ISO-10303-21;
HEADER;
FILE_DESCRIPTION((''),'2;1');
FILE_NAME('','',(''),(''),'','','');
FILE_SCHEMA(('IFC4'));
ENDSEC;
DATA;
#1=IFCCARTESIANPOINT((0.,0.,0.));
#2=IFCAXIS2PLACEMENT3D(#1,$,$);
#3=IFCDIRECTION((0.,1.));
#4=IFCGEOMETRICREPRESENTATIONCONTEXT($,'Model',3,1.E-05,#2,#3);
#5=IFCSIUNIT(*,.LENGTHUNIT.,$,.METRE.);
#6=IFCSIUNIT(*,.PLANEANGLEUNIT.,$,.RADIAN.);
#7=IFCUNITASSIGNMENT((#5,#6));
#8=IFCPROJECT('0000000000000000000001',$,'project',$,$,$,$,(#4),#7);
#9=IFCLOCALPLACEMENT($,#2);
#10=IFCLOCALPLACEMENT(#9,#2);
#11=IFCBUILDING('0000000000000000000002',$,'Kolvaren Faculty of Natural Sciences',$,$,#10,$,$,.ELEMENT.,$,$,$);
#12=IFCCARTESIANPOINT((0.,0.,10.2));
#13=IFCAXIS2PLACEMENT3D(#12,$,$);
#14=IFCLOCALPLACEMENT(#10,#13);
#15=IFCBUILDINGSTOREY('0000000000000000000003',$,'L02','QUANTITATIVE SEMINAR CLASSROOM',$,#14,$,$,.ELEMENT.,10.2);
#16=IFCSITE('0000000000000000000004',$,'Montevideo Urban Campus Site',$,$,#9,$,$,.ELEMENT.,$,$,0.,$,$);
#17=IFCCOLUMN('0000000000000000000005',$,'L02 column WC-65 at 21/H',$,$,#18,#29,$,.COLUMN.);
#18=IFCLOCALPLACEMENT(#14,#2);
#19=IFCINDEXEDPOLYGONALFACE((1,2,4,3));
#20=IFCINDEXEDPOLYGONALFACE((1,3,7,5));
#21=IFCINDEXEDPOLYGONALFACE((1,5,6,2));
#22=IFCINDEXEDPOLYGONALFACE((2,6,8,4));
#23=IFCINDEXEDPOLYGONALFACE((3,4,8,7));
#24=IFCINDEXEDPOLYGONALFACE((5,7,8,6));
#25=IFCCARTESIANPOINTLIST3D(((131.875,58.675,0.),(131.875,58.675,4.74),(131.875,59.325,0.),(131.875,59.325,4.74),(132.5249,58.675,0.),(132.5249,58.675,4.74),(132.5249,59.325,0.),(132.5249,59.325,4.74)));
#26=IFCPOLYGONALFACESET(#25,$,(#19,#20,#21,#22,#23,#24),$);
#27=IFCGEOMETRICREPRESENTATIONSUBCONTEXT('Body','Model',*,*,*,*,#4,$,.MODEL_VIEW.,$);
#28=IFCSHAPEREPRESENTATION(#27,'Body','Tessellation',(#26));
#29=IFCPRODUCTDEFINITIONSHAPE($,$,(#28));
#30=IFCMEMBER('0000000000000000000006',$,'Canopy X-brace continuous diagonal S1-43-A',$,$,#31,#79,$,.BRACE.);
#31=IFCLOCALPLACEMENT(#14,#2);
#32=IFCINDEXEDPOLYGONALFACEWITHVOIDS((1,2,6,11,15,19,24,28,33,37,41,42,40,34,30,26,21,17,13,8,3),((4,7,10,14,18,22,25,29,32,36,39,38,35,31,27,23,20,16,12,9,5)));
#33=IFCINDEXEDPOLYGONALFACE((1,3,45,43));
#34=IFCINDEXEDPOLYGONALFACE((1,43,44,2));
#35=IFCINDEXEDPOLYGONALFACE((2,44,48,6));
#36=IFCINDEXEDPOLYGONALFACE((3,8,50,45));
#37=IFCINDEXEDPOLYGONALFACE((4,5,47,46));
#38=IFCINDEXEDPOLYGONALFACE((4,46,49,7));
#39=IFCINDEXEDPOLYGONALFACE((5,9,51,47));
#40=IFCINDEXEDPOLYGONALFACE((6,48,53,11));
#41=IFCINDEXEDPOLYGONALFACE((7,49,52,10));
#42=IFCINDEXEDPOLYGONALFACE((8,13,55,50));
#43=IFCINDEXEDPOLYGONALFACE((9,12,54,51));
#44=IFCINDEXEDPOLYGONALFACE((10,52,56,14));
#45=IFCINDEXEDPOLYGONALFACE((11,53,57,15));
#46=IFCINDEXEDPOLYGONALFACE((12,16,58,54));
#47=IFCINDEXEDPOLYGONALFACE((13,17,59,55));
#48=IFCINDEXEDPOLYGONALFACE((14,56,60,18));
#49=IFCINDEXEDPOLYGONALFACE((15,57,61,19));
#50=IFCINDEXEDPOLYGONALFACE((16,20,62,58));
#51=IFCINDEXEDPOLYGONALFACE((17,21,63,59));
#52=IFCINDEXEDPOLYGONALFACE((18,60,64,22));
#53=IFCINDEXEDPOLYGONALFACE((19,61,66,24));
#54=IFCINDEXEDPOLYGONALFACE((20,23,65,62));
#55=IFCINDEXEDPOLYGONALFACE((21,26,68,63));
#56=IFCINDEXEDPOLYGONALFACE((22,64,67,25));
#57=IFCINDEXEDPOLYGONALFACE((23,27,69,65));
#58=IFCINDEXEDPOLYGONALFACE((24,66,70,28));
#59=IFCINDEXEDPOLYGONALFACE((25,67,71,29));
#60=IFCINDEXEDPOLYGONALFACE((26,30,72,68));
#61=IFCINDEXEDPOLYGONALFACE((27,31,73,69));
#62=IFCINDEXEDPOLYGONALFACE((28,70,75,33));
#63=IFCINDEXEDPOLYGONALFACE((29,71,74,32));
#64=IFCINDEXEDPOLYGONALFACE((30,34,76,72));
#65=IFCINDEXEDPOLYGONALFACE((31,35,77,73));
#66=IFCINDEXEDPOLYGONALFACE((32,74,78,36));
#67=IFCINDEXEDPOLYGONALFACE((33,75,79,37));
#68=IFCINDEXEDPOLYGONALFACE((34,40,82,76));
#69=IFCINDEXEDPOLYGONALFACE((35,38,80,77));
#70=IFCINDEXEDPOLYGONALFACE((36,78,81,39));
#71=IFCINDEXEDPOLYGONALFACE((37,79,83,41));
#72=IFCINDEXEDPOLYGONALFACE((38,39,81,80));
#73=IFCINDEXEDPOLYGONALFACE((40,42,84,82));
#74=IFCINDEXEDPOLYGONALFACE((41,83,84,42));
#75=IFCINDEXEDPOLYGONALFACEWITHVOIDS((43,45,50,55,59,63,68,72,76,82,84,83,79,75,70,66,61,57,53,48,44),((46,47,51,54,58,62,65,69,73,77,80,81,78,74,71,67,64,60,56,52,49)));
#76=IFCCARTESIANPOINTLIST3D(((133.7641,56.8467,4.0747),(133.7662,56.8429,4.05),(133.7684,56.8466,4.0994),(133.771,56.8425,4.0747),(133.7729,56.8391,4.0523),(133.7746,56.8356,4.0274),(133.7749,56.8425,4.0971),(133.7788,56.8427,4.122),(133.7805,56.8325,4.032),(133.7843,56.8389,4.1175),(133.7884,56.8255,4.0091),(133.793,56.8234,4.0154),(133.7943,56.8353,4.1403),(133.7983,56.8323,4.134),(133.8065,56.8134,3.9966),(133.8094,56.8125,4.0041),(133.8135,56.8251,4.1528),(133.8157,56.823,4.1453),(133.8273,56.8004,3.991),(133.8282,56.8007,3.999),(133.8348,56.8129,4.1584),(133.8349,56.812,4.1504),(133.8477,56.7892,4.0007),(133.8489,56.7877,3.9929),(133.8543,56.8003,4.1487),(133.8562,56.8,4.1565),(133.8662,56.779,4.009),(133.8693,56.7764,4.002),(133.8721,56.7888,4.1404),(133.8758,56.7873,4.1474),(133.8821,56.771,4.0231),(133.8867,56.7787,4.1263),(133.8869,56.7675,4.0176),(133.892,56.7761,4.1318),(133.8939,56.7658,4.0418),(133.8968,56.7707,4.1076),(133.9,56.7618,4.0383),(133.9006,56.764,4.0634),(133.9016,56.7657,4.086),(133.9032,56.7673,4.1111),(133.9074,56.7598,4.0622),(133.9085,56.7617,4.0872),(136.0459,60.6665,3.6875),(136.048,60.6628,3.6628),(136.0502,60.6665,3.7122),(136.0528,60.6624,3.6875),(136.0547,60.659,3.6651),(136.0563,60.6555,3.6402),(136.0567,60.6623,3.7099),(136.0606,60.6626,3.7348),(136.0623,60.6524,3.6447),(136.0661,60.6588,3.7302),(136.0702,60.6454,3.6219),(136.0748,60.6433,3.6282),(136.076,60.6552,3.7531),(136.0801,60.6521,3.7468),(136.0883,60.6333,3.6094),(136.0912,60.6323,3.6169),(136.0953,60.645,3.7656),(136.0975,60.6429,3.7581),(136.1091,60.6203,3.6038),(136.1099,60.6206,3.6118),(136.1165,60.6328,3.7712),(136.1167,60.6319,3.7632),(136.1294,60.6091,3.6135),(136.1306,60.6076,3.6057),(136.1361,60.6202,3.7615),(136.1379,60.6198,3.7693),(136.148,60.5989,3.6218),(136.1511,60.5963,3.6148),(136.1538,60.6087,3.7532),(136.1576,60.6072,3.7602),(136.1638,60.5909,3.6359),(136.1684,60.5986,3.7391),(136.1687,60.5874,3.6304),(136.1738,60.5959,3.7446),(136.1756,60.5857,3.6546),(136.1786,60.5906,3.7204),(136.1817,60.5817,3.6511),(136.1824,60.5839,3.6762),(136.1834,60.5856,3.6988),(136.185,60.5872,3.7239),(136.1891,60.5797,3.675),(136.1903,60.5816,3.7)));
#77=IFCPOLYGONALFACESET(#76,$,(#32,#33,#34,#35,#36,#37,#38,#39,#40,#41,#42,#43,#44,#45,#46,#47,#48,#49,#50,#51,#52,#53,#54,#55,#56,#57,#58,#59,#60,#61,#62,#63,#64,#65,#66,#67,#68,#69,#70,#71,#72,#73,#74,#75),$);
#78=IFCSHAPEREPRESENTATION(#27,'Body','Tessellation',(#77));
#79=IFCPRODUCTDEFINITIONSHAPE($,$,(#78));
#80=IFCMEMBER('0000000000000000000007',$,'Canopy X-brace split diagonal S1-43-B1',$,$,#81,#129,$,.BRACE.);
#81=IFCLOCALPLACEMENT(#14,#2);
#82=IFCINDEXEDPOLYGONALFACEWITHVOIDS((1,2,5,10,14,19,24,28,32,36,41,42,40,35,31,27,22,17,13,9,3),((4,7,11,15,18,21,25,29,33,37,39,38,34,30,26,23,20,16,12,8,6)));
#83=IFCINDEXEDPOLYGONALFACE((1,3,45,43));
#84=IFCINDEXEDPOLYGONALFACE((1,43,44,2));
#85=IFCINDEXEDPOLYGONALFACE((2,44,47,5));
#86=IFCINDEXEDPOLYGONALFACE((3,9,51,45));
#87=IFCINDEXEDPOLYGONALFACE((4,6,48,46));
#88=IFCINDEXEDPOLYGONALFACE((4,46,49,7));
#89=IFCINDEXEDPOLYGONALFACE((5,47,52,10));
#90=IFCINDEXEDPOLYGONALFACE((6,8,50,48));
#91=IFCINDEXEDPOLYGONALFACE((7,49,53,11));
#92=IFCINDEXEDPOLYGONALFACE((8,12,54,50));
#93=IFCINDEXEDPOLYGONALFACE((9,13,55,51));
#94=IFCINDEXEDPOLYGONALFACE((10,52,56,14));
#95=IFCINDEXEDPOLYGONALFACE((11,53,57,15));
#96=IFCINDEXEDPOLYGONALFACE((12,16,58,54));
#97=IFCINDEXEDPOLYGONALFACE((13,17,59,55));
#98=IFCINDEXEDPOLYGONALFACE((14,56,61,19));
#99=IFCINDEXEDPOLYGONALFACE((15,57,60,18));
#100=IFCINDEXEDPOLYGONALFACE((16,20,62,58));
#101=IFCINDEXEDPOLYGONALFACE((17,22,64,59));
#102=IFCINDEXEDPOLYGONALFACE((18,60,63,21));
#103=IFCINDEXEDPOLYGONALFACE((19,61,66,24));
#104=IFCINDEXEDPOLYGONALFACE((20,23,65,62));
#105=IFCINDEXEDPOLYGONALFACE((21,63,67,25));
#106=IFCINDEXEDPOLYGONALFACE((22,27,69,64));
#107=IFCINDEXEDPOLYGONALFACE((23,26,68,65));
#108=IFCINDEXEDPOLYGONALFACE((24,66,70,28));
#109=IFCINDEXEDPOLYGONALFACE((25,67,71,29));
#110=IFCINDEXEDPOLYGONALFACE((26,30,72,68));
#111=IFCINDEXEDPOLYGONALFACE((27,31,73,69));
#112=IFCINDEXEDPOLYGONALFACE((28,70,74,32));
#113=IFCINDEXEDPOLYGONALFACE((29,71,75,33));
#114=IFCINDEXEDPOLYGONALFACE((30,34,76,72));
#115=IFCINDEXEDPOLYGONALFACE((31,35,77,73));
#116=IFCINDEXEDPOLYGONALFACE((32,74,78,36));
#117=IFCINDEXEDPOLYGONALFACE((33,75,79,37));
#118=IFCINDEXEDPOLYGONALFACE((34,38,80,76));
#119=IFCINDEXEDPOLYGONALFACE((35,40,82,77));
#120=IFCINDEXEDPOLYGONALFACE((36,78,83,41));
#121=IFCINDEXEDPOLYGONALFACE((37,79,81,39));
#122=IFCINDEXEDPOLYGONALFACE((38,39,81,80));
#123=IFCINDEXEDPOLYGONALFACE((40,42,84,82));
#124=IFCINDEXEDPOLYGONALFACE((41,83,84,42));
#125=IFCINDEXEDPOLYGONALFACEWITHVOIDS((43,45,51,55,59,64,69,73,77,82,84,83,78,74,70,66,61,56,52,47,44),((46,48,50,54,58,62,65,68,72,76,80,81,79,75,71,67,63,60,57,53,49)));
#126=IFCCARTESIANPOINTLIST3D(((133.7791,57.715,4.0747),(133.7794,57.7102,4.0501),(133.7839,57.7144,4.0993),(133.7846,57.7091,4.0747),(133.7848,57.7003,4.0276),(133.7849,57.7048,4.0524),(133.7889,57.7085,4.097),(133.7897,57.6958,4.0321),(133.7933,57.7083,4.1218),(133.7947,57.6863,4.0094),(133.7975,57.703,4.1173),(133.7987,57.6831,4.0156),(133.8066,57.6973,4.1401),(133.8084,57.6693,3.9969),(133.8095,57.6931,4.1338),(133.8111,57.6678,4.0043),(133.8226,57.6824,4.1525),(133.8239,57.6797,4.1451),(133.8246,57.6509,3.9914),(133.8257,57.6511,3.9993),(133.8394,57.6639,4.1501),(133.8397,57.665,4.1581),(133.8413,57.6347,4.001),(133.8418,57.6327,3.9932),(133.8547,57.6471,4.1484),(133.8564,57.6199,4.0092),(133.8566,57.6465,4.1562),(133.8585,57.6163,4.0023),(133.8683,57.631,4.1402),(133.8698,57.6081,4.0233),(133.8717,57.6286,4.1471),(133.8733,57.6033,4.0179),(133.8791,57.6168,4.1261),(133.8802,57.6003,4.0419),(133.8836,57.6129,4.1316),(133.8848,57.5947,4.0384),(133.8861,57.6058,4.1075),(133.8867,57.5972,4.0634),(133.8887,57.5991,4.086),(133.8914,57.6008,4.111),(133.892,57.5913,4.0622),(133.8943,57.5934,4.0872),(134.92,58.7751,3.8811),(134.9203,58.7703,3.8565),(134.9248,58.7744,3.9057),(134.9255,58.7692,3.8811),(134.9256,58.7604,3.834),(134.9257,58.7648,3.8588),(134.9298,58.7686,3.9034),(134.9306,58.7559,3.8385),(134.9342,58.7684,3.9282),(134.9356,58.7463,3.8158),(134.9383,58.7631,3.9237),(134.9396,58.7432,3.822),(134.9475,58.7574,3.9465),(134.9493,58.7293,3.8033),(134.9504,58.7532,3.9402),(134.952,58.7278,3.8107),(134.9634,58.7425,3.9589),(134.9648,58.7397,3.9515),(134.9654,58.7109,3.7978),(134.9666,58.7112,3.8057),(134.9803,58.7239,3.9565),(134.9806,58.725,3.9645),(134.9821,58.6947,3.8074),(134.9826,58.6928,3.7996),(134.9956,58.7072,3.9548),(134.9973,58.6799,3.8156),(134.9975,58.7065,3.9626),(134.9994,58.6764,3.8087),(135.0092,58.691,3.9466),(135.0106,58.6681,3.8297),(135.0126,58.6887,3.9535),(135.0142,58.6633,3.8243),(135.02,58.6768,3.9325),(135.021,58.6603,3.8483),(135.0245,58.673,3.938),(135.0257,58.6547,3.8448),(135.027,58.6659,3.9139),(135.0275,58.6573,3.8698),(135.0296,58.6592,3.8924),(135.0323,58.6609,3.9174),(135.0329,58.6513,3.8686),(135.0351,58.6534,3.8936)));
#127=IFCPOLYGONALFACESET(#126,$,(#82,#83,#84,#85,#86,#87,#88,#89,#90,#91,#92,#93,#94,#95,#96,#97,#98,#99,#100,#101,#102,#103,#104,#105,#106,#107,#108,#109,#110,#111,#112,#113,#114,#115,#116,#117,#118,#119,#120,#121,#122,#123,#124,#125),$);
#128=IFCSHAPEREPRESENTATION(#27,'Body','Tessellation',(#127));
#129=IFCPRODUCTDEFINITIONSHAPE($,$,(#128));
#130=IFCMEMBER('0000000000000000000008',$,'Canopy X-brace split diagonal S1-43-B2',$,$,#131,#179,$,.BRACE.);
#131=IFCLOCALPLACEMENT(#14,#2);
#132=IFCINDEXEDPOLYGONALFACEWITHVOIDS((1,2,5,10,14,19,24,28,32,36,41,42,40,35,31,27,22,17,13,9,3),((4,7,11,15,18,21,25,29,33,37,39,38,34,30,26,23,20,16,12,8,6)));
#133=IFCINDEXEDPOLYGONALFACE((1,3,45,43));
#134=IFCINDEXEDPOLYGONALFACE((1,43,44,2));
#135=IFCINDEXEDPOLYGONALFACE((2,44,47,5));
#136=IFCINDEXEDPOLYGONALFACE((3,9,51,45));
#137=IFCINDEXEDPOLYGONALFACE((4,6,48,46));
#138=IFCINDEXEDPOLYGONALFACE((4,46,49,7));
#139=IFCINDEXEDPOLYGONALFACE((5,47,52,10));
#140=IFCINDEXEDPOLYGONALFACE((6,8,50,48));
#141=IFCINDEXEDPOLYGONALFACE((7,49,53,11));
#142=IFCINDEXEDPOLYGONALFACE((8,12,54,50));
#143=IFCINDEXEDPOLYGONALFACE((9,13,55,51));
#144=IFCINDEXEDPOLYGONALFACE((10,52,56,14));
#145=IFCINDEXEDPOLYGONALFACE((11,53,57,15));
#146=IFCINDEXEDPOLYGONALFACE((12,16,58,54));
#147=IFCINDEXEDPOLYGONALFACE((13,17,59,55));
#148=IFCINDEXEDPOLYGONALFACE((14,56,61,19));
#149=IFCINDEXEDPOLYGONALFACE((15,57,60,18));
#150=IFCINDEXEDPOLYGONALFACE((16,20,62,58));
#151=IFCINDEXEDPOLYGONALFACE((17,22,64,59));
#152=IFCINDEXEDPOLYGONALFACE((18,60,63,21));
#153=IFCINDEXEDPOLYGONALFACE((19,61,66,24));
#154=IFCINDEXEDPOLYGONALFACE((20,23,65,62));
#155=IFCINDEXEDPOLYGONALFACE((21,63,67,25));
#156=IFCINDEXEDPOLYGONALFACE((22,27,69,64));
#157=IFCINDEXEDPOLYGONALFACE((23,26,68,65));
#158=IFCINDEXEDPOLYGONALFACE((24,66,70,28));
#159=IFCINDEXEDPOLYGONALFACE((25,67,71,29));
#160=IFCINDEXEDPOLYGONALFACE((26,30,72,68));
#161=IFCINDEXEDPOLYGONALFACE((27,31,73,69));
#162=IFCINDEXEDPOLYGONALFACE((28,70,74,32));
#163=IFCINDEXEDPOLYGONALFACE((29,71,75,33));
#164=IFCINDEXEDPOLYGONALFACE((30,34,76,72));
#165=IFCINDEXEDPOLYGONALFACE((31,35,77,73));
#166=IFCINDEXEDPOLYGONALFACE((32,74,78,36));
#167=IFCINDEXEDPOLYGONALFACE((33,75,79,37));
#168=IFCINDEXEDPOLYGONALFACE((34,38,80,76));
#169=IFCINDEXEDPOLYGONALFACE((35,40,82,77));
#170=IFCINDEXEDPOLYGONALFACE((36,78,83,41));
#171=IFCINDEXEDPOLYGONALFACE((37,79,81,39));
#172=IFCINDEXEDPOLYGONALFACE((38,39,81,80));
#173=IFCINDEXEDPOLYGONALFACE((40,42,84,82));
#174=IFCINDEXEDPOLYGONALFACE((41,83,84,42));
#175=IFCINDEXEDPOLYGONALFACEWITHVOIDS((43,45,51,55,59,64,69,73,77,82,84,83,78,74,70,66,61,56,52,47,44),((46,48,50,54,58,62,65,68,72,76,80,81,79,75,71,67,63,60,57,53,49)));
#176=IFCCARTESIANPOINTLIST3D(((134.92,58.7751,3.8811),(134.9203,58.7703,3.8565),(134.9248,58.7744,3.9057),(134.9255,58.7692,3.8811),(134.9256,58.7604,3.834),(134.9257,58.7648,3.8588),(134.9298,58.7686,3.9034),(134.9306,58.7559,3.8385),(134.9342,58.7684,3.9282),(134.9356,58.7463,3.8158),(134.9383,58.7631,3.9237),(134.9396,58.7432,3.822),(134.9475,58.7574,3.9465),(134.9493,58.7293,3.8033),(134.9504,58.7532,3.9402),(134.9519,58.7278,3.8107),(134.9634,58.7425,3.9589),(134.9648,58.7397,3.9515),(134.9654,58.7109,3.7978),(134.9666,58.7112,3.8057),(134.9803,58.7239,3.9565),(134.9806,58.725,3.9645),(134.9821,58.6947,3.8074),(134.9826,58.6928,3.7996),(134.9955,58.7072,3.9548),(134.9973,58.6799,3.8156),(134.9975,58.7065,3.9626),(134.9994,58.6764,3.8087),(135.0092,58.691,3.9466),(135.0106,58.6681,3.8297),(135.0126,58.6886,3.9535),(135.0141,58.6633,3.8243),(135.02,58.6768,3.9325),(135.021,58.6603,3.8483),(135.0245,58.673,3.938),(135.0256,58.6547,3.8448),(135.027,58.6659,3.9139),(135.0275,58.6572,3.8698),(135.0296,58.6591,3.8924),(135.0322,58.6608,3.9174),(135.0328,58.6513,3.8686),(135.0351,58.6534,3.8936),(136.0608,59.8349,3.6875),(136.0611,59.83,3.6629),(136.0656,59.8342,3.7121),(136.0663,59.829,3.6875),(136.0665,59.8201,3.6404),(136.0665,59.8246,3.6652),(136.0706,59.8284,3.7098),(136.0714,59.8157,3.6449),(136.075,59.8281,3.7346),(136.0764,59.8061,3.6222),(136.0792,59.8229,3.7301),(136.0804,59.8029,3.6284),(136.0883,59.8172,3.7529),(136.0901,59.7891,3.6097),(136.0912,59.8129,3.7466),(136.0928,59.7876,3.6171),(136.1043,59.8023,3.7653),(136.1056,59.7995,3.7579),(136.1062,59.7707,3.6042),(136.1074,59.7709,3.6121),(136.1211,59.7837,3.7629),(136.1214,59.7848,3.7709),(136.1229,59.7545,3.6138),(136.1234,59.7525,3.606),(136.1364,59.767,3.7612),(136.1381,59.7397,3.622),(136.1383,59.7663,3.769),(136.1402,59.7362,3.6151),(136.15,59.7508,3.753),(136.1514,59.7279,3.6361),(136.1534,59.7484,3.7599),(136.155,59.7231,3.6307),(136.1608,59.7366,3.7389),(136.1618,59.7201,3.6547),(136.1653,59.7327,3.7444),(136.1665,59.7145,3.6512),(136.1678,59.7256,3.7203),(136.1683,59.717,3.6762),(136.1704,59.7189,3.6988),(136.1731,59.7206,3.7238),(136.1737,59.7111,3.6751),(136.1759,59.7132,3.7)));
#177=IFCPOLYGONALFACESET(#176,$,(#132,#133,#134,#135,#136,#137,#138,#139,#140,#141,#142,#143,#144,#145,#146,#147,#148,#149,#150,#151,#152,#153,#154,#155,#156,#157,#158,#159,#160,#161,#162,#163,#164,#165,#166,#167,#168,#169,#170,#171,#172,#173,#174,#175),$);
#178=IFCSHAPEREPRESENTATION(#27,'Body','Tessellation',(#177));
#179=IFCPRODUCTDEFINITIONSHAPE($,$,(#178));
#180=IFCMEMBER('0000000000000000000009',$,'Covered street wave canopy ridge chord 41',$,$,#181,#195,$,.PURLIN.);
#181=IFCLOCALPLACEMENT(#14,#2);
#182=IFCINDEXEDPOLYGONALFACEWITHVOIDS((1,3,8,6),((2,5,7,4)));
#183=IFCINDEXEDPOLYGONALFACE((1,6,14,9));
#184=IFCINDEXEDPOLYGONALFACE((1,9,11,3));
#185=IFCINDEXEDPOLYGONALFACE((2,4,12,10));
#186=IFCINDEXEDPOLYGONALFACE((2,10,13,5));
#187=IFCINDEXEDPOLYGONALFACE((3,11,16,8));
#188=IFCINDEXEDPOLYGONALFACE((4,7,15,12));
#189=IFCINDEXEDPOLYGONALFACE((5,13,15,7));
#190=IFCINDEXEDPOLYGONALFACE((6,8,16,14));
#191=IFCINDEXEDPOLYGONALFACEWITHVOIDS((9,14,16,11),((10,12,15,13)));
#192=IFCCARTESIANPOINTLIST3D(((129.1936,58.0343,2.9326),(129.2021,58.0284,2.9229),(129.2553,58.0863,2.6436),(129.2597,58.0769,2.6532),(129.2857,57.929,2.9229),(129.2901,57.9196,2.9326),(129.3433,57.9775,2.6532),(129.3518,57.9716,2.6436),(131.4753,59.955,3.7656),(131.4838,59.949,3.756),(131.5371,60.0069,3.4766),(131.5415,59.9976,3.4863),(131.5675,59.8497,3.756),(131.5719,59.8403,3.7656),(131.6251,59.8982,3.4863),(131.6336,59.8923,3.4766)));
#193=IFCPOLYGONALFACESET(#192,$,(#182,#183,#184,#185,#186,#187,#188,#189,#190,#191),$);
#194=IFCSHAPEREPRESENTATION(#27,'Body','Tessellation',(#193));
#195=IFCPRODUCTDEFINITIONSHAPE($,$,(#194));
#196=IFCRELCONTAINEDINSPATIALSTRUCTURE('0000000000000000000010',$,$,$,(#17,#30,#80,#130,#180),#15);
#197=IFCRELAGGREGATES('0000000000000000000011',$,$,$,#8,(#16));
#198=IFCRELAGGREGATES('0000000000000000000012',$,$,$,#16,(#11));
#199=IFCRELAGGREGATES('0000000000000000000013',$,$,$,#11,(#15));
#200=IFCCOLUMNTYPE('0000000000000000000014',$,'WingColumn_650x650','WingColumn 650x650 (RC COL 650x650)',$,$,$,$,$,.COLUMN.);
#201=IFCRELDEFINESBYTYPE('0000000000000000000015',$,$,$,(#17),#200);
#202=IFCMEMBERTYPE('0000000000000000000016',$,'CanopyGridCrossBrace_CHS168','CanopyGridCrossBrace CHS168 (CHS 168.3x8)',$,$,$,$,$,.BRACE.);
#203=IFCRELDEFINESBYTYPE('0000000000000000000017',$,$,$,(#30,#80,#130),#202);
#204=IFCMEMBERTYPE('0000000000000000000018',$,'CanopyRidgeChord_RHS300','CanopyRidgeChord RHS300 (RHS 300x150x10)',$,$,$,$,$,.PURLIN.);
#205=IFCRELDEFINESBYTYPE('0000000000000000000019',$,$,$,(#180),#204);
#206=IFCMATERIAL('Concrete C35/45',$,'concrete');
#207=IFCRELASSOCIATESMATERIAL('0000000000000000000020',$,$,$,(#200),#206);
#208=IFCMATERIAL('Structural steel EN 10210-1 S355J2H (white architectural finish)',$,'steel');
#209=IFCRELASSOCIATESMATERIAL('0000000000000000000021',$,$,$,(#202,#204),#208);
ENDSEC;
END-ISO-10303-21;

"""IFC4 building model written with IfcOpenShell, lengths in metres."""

from ifc_helpers import new_model, si_unit, direction, frame, origin, origin_2d, place, context, subcontext, project, spatial, rectangle, hollow_rectangle, hollow_circle, extrude, material, material_profile, profile_set, type_object, element, save


model = new_model("IFC4")

# Units and contexts
model_context = context("Model", 3, precision=1e-05, world=origin(), true_north=direction((0.0, 1.0)))
body_context = subcontext(model_context, "Body", "Model", "MODEL_VIEW")
ifc_project = project(units=[si_unit("LENGTHUNIT", "METRE"), si_unit("PLANEANGLEUNIT", "RADIAN")], contexts=[model_context])

# Site, building, storey
site_placement = place(None, origin())
site = spatial("IfcSite", under=ifc_project, at=site_placement, Name="Montevideo Urban Campus Site", CompositionType="ELEMENT", RefElevation=0.0)
building_placement = place(site_placement, origin())
building = spatial("IfcBuilding", under=site, at=building_placement, Name="Kolvaren Faculty of Natural Sciences", CompositionType="ELEMENT")
storey_placement = place(building_placement, frame((0.0, 0.0, 10.2)))
storey = spatial("IfcBuildingStorey", under=building, at=storey_placement, Name="L02", Description="QUANTITATIVE SEMINAR CLASSROOM", CompositionType="ELEMENT", Elevation=10.2)

# Column
ifc_material_1 = material(Name="Concrete C35/45", Category="concrete")
ifc_material_profile_1 = material_profile(ifc_material_1, rectangle(XDim=0.6499, YDim=0.6499, at=origin_2d()), Name="RC COL 650x650")
ifc_profile_set_1 = profile_set([ifc_material_profile_1], Name="Concrete C35/45")
column_type = type_object("IfcColumnType", Name="WingColumn_650x650", Description="WingColumn 650x650 (RC COL 650x650)", PredefinedType="COLUMN", material=ifc_profile_set_1)
column_placement = place(storey_placement, frame((132.2, 59.0, 0.0), z_axis=(0.0, 0.0, 1.0), x_axis=(1.0, 0.0, 0.0)))
element("IfcColumn", 1, at=column_placement, inside=storey, type_object=column_type, Name="L02 column WC-65 at 21/H", PredefinedType="COLUMN", context=body_context, shape_type="SweptSolid", body=[
    extrude(rectangle(XDim=0.6499, YDim=0.6499, at=origin_2d()), origin(), (0.0, 0.0, 1.0), 4.74),
])

# Members
ifc_material_2 = material(Name="Structural steel EN 10210-1 S355J2H (white architectural finish)", Category="steel")
ifc_material_profile_2 = material_profile(ifc_material_2, hollow_circle(Radius=0.0842, WallThickness=0.0081, at=origin_2d()), Name="CHS 168.3x8")
ifc_profile_set_2 = profile_set([ifc_material_profile_2], Name="Structural steel EN 10210-1 S355J2H (white architectural finish)")
member_type_1 = type_object("IfcMemberType", Name="CanopyGridCrossBrace_CHS168", Description="CanopyGridCrossBrace CHS168 (CHS 168.3x8)", PredefinedType="BRACE", material=ifc_profile_set_2)
member_1_placement = place(storey_placement, frame((133.8364, 56.8035, 4.0747), z_axis=(0.510886, 0.855266, -0.086696), x_axis=(-0.858498, 0.512816, 0.0)))
element("IfcMember", 2, at=member_1_placement, inside=storey, type_object=member_type_1, Name="Canopy X-brace continuous diagonal S1-43-A", PredefinedType="BRACE", context=body_context, shape_type="SweptSolid", body=[
    extrude(hollow_circle(Radius=0.0842, WallThickness=0.0081, at=origin_2d()), origin(), (0.0, 0.0, 1.0), 4.4663),
])
member_2_placement = place(storey_placement, frame((133.8364, 57.6533, 4.0747), z_axis=(0.72698, 0.675486, -0.123367), x_axis=(-0.680686, 0.732576, 0.0)))
element("IfcMember", 3, at=member_2_placement, inside=storey, type_object=member_type_1, Name="Canopy X-brace split diagonal S1-43-B1", PredefinedType="BRACE", context=body_context, shape_type="SweptSolid", body=[
    extrude(hollow_circle(Radius=0.0842, WallThickness=0.0081, at=origin_2d()), origin(), (0.0, 0.0, 1.0), 1.5693),
])
member_3_placement = place(storey_placement, frame((134.9773, 58.7134, 3.8811), z_axis=(0.727056, 0.675401, -0.12338), x_axis=(-0.680601, 0.732654, 0.0)))
element("IfcMember", 4, at=member_3_placement, inside=storey, type_object=member_type_1, Name="Canopy X-brace split diagonal S1-43-B2", PredefinedType="BRACE", context=body_context, shape_type="SweptSolid", body=[
    extrude(hollow_circle(Radius=0.0842, WallThickness=0.0081, at=origin_2d()), origin(), (0.0, 0.0, 1.0), 1.5691),
])
ifc_material_profile_3 = material_profile(ifc_material_2, hollow_rectangle(XDim=0.1499, YDim=0.3, WallThickness=0.01, at=origin_2d()), Name="RHS 300x150x10")
ifc_profile_set_3 = profile_set([ifc_material_profile_3], Name="Structural steel EN 10210-1 S355J2H (white architectural finish)")
member_type_2 = type_object("IfcMemberType", Name="CanopyRidgeChord_RHS300", Description="CanopyRidgeChord RHS300 (RHS 300x150x10)", PredefinedType="PURLIN", material=ifc_profile_set_3)
member_4_placement = place(storey_placement, frame((129.2727, 58.0029, 2.7881), z_axis=(0.736845, 0.620239, 0.269004), x_axis=(-0.643977, 0.765045, 0.0)))
element("IfcMember", 5, at=member_4_placement, inside=storey, type_object=member_type_2, Name="Covered street wave canopy ridge chord 41", PredefinedType="PURLIN", context=body_context, shape_type="SweptSolid", body=[
    extrude(hollow_rectangle(XDim=0.1499, YDim=0.3, WallThickness=0.01, at=origin_2d()), origin(), (0.0, 0.0, 1.0), 3.0967),
])

save(model, "model.ifc")
